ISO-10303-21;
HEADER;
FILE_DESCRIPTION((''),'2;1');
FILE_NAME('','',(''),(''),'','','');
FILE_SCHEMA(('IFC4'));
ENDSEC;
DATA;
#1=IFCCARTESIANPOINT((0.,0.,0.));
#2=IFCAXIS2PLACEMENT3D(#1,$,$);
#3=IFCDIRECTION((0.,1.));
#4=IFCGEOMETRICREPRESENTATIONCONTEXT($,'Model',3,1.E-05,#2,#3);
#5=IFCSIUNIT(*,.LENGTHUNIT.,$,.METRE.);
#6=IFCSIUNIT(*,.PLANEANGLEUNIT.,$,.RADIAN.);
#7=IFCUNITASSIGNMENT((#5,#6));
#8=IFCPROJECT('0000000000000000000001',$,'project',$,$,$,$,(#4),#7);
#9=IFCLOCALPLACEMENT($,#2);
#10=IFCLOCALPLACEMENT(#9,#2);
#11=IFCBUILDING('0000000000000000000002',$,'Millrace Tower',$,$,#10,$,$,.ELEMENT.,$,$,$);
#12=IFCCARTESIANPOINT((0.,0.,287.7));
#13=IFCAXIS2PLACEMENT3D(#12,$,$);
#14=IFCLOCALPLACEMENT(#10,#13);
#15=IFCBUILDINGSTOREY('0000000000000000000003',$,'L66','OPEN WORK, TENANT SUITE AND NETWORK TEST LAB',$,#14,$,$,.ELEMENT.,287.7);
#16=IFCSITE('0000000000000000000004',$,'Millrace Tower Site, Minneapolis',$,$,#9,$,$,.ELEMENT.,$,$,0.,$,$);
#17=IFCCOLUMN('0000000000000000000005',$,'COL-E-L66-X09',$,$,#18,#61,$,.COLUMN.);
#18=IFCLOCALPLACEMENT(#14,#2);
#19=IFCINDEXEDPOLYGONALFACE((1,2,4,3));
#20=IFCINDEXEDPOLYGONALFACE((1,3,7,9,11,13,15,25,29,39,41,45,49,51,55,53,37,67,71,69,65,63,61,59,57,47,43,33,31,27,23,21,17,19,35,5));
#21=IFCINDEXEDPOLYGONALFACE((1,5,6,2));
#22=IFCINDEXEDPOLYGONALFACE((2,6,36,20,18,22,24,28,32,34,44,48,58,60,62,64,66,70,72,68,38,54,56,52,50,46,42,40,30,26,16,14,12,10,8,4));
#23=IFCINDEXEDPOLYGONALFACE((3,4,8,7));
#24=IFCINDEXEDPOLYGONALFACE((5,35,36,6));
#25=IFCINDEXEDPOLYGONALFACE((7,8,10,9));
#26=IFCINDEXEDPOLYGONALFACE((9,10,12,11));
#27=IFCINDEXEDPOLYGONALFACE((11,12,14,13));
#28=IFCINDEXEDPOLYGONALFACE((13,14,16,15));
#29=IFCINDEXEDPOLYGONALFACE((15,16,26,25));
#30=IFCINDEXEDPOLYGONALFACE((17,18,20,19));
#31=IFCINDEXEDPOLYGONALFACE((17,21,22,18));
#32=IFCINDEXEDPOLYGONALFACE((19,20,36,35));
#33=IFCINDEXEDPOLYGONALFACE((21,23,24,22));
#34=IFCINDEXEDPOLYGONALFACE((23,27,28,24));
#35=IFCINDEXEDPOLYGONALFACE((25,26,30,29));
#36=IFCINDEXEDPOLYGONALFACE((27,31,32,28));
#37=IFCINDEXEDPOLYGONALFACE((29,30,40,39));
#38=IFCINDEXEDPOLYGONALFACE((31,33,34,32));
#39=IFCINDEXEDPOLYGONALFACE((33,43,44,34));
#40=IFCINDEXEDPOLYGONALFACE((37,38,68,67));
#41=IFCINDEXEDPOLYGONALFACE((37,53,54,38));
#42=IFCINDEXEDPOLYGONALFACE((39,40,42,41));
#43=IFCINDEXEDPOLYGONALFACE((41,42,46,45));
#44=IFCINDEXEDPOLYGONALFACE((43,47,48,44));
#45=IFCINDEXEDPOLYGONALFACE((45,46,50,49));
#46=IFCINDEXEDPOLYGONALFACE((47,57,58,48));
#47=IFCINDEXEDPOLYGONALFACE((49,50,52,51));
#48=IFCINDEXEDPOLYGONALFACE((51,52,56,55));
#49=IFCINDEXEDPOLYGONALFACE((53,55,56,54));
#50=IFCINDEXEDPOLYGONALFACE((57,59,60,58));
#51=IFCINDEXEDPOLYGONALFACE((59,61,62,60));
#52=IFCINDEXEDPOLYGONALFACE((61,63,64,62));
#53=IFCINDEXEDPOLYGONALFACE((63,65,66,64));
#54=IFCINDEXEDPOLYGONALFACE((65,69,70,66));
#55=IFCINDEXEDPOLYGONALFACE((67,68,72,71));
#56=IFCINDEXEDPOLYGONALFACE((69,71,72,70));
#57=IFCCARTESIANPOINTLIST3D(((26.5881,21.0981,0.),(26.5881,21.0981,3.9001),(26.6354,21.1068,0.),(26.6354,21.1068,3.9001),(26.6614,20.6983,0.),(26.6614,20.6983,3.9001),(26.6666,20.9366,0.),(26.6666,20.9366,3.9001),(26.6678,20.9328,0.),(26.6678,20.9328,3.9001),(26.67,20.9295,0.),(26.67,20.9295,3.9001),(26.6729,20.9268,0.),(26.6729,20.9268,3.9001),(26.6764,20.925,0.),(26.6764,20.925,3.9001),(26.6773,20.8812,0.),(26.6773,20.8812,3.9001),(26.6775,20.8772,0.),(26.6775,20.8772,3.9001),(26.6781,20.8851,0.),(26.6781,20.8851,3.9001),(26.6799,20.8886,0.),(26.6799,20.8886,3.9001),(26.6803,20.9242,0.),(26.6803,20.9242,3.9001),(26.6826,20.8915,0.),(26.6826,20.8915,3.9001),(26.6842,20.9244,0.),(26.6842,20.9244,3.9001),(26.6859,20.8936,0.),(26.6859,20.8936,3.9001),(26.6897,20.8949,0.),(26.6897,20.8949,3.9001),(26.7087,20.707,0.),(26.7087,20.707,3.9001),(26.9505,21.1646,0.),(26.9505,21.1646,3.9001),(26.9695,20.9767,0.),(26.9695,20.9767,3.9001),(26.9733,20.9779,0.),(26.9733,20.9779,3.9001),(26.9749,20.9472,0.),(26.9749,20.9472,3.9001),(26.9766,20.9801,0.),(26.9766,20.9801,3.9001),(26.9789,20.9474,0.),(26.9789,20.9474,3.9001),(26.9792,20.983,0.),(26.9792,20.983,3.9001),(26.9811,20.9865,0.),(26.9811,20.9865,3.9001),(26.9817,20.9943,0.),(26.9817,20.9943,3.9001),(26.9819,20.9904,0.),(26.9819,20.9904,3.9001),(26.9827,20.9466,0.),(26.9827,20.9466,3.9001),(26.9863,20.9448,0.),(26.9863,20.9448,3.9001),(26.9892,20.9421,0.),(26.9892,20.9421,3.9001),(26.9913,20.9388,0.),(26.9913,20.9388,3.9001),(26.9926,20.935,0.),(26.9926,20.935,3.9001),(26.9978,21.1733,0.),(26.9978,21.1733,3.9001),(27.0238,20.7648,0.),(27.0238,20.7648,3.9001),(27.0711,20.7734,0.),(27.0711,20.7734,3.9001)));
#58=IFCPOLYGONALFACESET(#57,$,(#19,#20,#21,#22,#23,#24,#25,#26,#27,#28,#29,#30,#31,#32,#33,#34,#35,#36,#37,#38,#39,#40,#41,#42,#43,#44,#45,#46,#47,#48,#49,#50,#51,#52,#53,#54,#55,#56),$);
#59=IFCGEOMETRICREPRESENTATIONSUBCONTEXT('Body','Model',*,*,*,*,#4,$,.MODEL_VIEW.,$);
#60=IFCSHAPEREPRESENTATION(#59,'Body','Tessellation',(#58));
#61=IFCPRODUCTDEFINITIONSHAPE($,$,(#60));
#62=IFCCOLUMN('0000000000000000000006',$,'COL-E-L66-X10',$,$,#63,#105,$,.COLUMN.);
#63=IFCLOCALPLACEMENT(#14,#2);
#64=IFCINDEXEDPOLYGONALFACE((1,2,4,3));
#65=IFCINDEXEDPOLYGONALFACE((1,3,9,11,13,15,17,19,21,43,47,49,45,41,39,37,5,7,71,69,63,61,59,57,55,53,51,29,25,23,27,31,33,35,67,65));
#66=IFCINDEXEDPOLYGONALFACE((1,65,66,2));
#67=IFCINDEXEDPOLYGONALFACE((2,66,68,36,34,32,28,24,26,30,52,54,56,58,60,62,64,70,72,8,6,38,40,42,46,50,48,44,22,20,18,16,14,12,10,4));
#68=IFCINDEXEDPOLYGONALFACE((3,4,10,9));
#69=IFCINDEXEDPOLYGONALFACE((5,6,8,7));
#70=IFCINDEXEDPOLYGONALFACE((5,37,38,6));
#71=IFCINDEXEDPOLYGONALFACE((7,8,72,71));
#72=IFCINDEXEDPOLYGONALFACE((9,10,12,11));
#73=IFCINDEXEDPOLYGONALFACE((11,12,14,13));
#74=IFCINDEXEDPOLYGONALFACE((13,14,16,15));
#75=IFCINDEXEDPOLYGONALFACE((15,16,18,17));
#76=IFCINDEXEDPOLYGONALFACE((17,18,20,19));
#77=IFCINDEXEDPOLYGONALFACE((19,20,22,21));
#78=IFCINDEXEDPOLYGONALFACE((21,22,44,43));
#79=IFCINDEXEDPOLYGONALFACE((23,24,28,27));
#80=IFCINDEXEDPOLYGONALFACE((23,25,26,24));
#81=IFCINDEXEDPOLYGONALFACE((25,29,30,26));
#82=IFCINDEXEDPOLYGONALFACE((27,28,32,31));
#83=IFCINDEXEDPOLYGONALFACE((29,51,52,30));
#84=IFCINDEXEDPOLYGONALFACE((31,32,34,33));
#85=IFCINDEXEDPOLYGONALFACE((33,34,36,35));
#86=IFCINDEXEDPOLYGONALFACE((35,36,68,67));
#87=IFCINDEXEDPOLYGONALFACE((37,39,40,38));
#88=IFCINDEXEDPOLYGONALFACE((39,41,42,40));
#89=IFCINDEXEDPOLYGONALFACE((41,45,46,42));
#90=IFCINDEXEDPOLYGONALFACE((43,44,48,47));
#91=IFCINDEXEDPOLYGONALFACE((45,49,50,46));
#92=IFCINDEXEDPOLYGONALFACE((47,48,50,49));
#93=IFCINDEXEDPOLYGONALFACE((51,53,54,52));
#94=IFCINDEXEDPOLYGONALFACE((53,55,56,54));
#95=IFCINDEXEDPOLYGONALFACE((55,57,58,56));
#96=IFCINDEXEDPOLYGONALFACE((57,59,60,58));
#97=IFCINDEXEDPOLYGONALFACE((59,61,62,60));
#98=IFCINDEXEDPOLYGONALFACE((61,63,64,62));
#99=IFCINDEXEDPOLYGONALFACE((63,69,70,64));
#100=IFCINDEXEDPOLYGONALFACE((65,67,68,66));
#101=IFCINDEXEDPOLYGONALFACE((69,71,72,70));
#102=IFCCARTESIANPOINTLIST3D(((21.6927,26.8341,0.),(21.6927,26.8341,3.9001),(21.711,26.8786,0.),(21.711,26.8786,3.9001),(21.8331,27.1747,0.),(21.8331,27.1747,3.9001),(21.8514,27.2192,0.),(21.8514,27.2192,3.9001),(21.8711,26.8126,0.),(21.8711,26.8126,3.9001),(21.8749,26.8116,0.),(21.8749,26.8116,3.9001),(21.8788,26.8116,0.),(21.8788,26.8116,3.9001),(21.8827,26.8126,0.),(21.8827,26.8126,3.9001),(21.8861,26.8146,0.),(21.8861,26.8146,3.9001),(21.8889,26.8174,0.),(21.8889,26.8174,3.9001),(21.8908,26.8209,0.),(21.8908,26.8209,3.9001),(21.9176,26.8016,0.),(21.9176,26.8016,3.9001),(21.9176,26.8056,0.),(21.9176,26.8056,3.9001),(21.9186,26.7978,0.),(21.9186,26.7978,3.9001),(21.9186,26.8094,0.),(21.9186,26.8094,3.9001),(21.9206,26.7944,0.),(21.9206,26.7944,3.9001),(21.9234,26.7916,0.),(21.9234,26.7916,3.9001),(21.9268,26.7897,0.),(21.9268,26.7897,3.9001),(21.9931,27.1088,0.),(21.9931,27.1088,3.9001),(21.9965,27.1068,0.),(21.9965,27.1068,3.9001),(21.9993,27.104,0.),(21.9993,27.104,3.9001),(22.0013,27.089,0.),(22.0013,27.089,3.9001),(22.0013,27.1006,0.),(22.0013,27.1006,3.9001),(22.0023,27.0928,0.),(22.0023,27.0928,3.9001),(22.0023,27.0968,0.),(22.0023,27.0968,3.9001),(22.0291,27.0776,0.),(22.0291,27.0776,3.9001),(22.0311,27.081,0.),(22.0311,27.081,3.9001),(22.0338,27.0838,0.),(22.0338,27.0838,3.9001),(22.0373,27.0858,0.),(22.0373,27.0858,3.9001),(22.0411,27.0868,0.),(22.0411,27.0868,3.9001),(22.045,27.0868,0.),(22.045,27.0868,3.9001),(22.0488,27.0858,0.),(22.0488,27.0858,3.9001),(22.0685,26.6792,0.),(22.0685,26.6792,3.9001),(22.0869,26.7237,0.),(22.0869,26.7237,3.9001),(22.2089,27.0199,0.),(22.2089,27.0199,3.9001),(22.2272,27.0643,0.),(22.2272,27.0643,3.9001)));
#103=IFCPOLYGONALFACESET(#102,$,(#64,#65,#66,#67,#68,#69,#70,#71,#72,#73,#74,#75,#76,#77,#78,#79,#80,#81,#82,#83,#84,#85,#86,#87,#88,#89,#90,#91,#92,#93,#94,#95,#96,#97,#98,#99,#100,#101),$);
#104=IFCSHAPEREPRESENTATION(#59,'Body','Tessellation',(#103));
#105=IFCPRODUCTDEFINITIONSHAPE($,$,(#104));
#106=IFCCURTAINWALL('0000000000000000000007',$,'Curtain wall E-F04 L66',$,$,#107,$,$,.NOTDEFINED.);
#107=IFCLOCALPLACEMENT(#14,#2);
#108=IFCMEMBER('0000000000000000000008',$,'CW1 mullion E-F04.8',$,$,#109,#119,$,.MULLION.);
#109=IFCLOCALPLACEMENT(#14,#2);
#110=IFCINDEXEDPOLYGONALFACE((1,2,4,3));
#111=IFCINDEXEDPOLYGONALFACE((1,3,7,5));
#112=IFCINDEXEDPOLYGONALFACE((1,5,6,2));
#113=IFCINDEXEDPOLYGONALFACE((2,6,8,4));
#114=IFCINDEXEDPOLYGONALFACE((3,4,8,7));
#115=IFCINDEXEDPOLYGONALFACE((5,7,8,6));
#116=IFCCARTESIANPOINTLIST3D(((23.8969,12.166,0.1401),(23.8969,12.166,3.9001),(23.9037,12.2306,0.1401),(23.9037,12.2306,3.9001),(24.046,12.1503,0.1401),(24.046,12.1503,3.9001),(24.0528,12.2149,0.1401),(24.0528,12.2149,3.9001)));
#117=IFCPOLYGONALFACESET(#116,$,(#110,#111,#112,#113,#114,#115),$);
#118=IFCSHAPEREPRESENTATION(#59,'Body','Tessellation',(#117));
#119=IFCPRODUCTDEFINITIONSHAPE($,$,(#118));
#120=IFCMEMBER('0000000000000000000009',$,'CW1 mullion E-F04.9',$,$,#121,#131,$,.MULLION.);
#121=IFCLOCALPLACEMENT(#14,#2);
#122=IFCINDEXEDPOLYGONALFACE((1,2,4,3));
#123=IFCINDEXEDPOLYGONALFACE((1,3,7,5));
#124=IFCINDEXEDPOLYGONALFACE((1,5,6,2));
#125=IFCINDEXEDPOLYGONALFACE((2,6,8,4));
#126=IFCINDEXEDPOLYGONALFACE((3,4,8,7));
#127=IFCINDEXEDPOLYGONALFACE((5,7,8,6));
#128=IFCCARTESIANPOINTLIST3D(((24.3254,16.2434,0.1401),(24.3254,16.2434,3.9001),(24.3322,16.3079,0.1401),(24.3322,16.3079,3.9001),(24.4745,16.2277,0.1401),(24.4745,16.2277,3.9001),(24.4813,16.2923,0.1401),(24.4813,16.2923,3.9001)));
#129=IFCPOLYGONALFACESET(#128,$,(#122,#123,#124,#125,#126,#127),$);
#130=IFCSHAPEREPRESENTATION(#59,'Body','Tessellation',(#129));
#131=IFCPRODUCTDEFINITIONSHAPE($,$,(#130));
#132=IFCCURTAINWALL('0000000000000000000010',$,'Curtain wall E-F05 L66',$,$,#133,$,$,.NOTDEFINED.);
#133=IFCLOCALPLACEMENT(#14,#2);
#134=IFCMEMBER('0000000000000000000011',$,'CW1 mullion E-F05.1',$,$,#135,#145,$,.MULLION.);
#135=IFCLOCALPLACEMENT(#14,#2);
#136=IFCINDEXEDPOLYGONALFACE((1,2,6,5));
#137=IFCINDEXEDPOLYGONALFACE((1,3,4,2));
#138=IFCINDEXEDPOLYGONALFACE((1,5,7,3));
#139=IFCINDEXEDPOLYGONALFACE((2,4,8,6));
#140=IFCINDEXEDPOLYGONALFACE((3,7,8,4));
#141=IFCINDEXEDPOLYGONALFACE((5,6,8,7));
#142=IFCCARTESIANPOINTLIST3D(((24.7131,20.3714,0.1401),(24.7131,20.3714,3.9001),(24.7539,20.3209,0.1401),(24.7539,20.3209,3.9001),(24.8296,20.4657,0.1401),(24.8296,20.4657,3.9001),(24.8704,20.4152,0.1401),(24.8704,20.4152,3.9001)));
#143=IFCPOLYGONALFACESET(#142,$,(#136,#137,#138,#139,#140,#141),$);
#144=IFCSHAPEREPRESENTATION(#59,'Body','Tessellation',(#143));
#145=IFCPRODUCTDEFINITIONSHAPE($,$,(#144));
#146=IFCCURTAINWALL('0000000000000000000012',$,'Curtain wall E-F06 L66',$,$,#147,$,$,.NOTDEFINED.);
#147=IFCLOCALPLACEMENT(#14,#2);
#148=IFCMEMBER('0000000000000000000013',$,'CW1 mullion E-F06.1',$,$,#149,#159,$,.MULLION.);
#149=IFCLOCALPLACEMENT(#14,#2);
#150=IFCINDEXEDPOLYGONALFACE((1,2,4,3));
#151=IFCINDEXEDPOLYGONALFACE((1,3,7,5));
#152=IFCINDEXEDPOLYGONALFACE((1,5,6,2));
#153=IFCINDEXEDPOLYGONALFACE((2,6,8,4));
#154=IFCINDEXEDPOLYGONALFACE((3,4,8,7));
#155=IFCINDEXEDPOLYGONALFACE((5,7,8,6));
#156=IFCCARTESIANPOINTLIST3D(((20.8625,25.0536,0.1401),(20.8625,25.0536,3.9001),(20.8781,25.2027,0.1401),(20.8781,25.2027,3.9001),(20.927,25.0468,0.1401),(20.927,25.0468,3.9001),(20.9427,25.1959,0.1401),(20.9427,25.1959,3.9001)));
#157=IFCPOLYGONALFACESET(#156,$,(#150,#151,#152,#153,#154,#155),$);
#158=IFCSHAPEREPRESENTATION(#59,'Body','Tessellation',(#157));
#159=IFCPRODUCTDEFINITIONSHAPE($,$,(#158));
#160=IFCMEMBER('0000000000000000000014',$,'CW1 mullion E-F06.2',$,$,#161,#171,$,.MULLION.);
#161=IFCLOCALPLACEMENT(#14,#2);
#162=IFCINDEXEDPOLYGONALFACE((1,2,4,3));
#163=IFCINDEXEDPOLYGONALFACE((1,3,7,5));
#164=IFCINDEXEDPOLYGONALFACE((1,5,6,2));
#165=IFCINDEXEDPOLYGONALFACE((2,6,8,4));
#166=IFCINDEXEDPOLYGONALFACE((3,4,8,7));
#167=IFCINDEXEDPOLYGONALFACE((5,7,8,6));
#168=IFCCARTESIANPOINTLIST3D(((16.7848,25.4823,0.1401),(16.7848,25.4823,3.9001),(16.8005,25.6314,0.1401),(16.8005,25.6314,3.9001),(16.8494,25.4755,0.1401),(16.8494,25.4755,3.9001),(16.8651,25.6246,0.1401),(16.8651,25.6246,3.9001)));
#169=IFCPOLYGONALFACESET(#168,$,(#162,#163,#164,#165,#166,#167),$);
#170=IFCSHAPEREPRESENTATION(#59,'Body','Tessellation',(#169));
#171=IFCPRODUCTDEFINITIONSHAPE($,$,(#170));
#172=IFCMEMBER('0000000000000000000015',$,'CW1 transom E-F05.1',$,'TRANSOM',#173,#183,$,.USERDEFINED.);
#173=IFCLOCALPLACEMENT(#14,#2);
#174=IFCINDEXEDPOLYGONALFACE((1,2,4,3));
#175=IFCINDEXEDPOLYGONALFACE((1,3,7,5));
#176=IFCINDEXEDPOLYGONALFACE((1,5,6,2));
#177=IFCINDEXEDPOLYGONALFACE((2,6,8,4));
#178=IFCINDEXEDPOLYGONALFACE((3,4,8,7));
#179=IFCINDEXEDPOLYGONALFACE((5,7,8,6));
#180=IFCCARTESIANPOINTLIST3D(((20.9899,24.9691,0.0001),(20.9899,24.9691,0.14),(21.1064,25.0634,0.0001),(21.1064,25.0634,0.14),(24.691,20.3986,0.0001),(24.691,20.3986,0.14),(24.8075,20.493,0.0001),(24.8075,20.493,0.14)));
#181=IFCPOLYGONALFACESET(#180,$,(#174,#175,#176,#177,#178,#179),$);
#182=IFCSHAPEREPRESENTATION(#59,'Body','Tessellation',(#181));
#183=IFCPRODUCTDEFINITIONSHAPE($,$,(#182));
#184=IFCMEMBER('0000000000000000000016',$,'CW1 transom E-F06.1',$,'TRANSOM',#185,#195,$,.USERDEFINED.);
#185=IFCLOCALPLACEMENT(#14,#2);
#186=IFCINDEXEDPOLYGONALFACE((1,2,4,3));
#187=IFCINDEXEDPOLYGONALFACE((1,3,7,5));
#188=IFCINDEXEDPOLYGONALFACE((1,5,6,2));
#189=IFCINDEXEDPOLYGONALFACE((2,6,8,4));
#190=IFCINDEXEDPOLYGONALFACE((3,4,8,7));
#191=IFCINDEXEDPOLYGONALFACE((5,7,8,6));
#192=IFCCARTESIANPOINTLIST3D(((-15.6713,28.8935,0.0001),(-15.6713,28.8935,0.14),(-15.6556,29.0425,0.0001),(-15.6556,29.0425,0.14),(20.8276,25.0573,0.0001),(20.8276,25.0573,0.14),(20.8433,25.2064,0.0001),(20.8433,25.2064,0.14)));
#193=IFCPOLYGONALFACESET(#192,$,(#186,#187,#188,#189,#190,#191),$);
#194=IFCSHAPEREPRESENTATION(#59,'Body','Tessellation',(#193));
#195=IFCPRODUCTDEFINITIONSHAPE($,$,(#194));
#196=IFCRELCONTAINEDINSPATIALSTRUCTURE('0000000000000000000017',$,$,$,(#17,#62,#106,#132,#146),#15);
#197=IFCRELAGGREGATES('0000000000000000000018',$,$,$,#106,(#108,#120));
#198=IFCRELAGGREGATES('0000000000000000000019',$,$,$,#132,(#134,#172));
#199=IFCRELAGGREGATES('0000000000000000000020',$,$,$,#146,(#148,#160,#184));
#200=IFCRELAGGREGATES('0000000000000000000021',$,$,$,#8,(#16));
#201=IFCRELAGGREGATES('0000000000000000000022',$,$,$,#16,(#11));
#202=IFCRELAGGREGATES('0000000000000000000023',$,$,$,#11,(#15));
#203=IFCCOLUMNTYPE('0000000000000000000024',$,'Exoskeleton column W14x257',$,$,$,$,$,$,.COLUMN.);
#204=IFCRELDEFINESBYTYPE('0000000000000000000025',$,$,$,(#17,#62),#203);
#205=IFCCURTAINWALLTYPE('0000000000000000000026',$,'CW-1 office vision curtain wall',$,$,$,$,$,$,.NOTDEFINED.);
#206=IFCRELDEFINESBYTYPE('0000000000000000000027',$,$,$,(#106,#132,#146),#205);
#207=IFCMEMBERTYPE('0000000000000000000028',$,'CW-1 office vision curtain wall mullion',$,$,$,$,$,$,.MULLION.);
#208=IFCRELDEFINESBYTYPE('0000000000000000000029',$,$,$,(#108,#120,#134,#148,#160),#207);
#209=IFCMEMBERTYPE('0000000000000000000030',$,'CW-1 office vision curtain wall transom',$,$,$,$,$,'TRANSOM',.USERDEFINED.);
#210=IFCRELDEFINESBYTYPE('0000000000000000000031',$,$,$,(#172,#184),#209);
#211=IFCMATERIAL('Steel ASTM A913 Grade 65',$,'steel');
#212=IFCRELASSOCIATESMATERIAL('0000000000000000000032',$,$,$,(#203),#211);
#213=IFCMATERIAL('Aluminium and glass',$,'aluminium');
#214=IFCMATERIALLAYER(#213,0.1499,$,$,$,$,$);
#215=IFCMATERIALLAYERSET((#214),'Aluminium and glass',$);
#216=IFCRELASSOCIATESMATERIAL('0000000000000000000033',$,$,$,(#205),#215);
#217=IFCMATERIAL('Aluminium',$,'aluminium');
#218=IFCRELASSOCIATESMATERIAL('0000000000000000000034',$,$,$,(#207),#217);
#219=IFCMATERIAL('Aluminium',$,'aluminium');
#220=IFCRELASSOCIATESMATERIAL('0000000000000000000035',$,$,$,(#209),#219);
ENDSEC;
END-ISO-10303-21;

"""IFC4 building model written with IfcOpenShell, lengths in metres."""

from ifc_helpers import new_model, si_unit, direction, frame, origin, origin_2d, place, context, subcontext, project, spatial, rectangle, i_section, extrude, material, layer, layer_set, material_profile, profile_set, type_object, element, aggregate, save


model = new_model("IFC4")

# Units and contexts
model_context = context("Model", 3, precision=1e-05, world=origin(), true_north=direction((0.0, 1.0)))
body_context = subcontext(model_context, "Body", "Model", "MODEL_VIEW")
ifc_project = project(units=[si_unit("LENGTHUNIT", "METRE"), si_unit("PLANEANGLEUNIT", "RADIAN")], contexts=[model_context])

# Site, building, storey
site_placement = place(None, origin())
site = spatial("IfcSite", under=ifc_project, at=site_placement, Name="Millrace Tower Site, Minneapolis", CompositionType="ELEMENT", RefElevation=0.0)
building_placement = place(site_placement, origin())
building = spatial("IfcBuilding", under=site, at=building_placement, Name="Millrace Tower", CompositionType="ELEMENT")
storey_placement = place(building_placement, frame((0.0, 0.0, 287.7)))
storey = spatial("IfcBuildingStorey", under=building, at=storey_placement, Name="L66", Description="OPEN WORK, TENANT SUITE AND NETWORK TEST LAB", CompositionType="ELEMENT", Elevation=287.7)

# Columns
ifc_material_1 = material(Name="Steel ASTM A913 Grade 65", Category="steel")
ifc_material_profile_1 = material_profile(ifc_material_1, i_section(OverallWidth=0.4065, OverallDepth=0.4165, WebThickness=0.03, FlangeThickness=0.0481, FilletRadius=0.0151, at=origin_2d()))
ifc_profile_set_1 = profile_set([ifc_material_profile_1], Name="Steel ASTM A913 Grade 65")
column_type = type_object("IfcColumnType", Name="Exoskeleton column W14x257", PredefinedType="COLUMN", material=ifc_profile_set_1)
for number, where, z_axis, x_axis, name in (
    (1, (26.8296, 20.9358, 0.0), (0.0, 0.0, 1.0), (-0.180387, 0.983596, 0.0), "COL-E-L66-X09"),
    (2, (21.96, 26.9492, 0.0), (0.0, 0.0, 1.0), (-0.924597, 0.380947, 0.0), "COL-E-L66-X10"),
):
    element("IfcColumn", number, at=place(storey_placement, frame(where, z_axis=z_axis, x_axis=x_axis)), inside=storey, type_object=column_type, Name=name, PredefinedType="COLUMN", context=body_context, shape_type="SweptSolid", body=[
        extrude(i_section(OverallWidth=0.4065, OverallDepth=0.4165, WebThickness=0.03, FlangeThickness=0.0481, FilletRadius=0.0151, at=origin_2d()), origin(), (0.0, 0.0, 1.0), 3.9001),
    ])

# Curtain wall, members
ifc_material_2 = material(Name="Aluminium and glass", Category="aluminium")
ifc_layer_1 = layer(ifc_material_2, 0.1499)
ifc_layer_set_1 = layer_set([ifc_layer_1], Name="Aluminium and glass")
curtain_wall_type = type_object("IfcCurtainWallType", Name="CW-1 office vision curtain wall", PredefinedType="NOTDEFINED", material=ifc_layer_set_1)
placement = place(storey_placement, origin())
curtain_wall_1 = element("IfcCurtainWall", 3, at=placement, inside=storey, type_object=curtain_wall_type, Name="Curtain wall E-F04 L66", PredefinedType="NOTDEFINED")
ifc_material_3 = material(Name="Aluminium", Category="aluminium")
ifc_material_profile_2 = material_profile(ifc_material_3, rectangle(XDim=0.0649, YDim=0.1499, at=origin_2d()))
ifc_profile_set_2 = profile_set([ifc_material_profile_2], Name="Aluminium")
member_type_1 = type_object("IfcMemberType", Name="CW-1 office vision curtain wall mullion", PredefinedType="MULLION", material=ifc_profile_set_2)
member_1_placement = place(storey_placement, frame((23.9749, 12.1904, 0.1401), z_axis=(0.0, 0.0, 1.0), x_axis=(0.104528, 0.994522, 0.0)))
member_1 = element("IfcMember", 4, at=member_1_placement, type_object=member_type_1, Name="CW1 mullion E-F04.8", PredefinedType="MULLION", context=body_context, shape_type="SweptSolid", body=[
    extrude(rectangle(XDim=0.0649, YDim=0.1499, at=origin_2d()), origin(), (0.0, 0.0, 1.0), 3.76),
])
member_2_placement = place(storey_placement, frame((24.4033, 16.2678, 0.1401), z_axis=(0.0, 0.0, 1.0), x_axis=(0.104528, 0.994522, 0.0)))
member_2 = element("IfcMember", 5, at=member_2_placement, type_object=member_type_1, Name="CW1 mullion E-F04.9", PredefinedType="MULLION", context=body_context, shape_type="SweptSolid", body=[
    extrude(rectangle(XDim=0.0649, YDim=0.1499, at=origin_2d()), origin(), (0.0, 0.0, 1.0), 3.76),
])
aggregate(curtain_wall_1, [member_1, member_2])

# Curtain wall, member
curtain_wall_2 = element("IfcCurtainWall", 6, at=placement, inside=storey, type_object=curtain_wall_type, Name="Curtain wall E-F05 L66", PredefinedType="NOTDEFINED")
member_3_placement = place(storey_placement, frame((24.7917, 20.3933, 0.1401), z_axis=(0.0, 0.0, 1.0), x_axis=(-0.62932, 0.777146, 0.0)))
member_3 = element("IfcMember", 7, at=member_3_placement, type_object=member_type_1, Name="CW1 mullion E-F05.1", PredefinedType="MULLION", context=body_context, shape_type="SweptSolid", body=[
    extrude(rectangle(XDim=0.0649, YDim=0.1499, at=origin_2d()), origin(), (0.0, 0.0, 1.0), 3.76),
])

# Curtain wall, members
curtain_wall_3 = element("IfcCurtainWall", 8, at=placement, inside=storey, type_object=curtain_wall_type, Name="Curtain wall E-F06 L66", PredefinedType="NOTDEFINED")
member_4_placement = place(storey_placement, frame((20.9026, 25.1248, 0.1401), z_axis=(0.0, 0.0, 1.0), x_axis=(-0.994522, 0.104528, 0.0)))
member_4 = element("IfcMember", 9, at=member_4_placement, type_object=member_type_1, Name="CW1 mullion E-F06.1", PredefinedType="MULLION", context=body_context, shape_type="SweptSolid", body=[
    extrude(rectangle(XDim=0.0649, YDim=0.1499, at=origin_2d()), origin(), (0.0, 0.0, 1.0), 3.76),
])
member_5_placement = place(storey_placement, frame((16.825, 25.5535, 0.1401), z_axis=(0.0, 0.0, 1.0), x_axis=(-0.994522, 0.104528, 0.0)))
member_5 = element("IfcMember", 10, at=member_5_placement, type_object=member_type_1, Name="CW1 mullion E-F06.2", PredefinedType="MULLION", context=body_context, shape_type="SweptSolid", body=[
    extrude(rectangle(XDim=0.0649, YDim=0.1499, at=origin_2d()), origin(), (0.0, 0.0, 1.0), 3.76),
])

# Members
ifc_material_4 = material(Name="Aluminium", Category="aluminium")
ifc_material_profile_3 = material_profile(ifc_material_4, rectangle(XDim=0.1499, YDim=0.1399, at=origin_2d()))
ifc_profile_set_3 = profile_set([ifc_material_profile_3], Name="Aluminium")
member_type_2 = type_object("IfcMemberType", Name="CW-1 office vision curtain wall transom", ElementType="TRANSOM", PredefinedType="USERDEFINED", material=ifc_profile_set_3)
member_6_placement = place(storey_placement, frame((24.7493, 20.4458, 0.0701), z_axis=(-0.629321, 0.777145, 0.0), x_axis=(-0.777145, -0.629321, 0.0)))
member_6 = element("IfcMember", 11, at=member_6_placement, type_object=member_type_2, Name="CW1 transom E-F05.1", ObjectType="TRANSOM", PredefinedType="USERDEFINED", context=body_context, shape_type="SweptSolid", body=[
    extrude(rectangle(XDim=0.1499, YDim=0.1399, at=origin_2d()), origin(), (0.0, 0.0, 1.0), 5.8811),
])
aggregate(curtain_wall_2, [member_3, member_6])
member_7_placement = place(storey_placement, frame((20.8354, 25.1318, 0.0701), z_axis=(-0.994522, 0.104528, 0.0), x_axis=(-0.104528, -0.994522, 0.0)))
member_7 = element("IfcMember", 12, at=member_7_placement, type_object=member_type_2, Name="CW1 transom E-F06.1", ObjectType="TRANSOM", PredefinedType="USERDEFINED", context=body_context, shape_type="SweptSolid", body=[
    extrude(rectangle(XDim=0.1499, YDim=0.1399, at=origin_2d()), origin(), (0.0, 0.0, 1.0), 36.7),
])
aggregate(curtain_wall_3, [member_4, member_5, member_7])

save(model, "model.ifc")
